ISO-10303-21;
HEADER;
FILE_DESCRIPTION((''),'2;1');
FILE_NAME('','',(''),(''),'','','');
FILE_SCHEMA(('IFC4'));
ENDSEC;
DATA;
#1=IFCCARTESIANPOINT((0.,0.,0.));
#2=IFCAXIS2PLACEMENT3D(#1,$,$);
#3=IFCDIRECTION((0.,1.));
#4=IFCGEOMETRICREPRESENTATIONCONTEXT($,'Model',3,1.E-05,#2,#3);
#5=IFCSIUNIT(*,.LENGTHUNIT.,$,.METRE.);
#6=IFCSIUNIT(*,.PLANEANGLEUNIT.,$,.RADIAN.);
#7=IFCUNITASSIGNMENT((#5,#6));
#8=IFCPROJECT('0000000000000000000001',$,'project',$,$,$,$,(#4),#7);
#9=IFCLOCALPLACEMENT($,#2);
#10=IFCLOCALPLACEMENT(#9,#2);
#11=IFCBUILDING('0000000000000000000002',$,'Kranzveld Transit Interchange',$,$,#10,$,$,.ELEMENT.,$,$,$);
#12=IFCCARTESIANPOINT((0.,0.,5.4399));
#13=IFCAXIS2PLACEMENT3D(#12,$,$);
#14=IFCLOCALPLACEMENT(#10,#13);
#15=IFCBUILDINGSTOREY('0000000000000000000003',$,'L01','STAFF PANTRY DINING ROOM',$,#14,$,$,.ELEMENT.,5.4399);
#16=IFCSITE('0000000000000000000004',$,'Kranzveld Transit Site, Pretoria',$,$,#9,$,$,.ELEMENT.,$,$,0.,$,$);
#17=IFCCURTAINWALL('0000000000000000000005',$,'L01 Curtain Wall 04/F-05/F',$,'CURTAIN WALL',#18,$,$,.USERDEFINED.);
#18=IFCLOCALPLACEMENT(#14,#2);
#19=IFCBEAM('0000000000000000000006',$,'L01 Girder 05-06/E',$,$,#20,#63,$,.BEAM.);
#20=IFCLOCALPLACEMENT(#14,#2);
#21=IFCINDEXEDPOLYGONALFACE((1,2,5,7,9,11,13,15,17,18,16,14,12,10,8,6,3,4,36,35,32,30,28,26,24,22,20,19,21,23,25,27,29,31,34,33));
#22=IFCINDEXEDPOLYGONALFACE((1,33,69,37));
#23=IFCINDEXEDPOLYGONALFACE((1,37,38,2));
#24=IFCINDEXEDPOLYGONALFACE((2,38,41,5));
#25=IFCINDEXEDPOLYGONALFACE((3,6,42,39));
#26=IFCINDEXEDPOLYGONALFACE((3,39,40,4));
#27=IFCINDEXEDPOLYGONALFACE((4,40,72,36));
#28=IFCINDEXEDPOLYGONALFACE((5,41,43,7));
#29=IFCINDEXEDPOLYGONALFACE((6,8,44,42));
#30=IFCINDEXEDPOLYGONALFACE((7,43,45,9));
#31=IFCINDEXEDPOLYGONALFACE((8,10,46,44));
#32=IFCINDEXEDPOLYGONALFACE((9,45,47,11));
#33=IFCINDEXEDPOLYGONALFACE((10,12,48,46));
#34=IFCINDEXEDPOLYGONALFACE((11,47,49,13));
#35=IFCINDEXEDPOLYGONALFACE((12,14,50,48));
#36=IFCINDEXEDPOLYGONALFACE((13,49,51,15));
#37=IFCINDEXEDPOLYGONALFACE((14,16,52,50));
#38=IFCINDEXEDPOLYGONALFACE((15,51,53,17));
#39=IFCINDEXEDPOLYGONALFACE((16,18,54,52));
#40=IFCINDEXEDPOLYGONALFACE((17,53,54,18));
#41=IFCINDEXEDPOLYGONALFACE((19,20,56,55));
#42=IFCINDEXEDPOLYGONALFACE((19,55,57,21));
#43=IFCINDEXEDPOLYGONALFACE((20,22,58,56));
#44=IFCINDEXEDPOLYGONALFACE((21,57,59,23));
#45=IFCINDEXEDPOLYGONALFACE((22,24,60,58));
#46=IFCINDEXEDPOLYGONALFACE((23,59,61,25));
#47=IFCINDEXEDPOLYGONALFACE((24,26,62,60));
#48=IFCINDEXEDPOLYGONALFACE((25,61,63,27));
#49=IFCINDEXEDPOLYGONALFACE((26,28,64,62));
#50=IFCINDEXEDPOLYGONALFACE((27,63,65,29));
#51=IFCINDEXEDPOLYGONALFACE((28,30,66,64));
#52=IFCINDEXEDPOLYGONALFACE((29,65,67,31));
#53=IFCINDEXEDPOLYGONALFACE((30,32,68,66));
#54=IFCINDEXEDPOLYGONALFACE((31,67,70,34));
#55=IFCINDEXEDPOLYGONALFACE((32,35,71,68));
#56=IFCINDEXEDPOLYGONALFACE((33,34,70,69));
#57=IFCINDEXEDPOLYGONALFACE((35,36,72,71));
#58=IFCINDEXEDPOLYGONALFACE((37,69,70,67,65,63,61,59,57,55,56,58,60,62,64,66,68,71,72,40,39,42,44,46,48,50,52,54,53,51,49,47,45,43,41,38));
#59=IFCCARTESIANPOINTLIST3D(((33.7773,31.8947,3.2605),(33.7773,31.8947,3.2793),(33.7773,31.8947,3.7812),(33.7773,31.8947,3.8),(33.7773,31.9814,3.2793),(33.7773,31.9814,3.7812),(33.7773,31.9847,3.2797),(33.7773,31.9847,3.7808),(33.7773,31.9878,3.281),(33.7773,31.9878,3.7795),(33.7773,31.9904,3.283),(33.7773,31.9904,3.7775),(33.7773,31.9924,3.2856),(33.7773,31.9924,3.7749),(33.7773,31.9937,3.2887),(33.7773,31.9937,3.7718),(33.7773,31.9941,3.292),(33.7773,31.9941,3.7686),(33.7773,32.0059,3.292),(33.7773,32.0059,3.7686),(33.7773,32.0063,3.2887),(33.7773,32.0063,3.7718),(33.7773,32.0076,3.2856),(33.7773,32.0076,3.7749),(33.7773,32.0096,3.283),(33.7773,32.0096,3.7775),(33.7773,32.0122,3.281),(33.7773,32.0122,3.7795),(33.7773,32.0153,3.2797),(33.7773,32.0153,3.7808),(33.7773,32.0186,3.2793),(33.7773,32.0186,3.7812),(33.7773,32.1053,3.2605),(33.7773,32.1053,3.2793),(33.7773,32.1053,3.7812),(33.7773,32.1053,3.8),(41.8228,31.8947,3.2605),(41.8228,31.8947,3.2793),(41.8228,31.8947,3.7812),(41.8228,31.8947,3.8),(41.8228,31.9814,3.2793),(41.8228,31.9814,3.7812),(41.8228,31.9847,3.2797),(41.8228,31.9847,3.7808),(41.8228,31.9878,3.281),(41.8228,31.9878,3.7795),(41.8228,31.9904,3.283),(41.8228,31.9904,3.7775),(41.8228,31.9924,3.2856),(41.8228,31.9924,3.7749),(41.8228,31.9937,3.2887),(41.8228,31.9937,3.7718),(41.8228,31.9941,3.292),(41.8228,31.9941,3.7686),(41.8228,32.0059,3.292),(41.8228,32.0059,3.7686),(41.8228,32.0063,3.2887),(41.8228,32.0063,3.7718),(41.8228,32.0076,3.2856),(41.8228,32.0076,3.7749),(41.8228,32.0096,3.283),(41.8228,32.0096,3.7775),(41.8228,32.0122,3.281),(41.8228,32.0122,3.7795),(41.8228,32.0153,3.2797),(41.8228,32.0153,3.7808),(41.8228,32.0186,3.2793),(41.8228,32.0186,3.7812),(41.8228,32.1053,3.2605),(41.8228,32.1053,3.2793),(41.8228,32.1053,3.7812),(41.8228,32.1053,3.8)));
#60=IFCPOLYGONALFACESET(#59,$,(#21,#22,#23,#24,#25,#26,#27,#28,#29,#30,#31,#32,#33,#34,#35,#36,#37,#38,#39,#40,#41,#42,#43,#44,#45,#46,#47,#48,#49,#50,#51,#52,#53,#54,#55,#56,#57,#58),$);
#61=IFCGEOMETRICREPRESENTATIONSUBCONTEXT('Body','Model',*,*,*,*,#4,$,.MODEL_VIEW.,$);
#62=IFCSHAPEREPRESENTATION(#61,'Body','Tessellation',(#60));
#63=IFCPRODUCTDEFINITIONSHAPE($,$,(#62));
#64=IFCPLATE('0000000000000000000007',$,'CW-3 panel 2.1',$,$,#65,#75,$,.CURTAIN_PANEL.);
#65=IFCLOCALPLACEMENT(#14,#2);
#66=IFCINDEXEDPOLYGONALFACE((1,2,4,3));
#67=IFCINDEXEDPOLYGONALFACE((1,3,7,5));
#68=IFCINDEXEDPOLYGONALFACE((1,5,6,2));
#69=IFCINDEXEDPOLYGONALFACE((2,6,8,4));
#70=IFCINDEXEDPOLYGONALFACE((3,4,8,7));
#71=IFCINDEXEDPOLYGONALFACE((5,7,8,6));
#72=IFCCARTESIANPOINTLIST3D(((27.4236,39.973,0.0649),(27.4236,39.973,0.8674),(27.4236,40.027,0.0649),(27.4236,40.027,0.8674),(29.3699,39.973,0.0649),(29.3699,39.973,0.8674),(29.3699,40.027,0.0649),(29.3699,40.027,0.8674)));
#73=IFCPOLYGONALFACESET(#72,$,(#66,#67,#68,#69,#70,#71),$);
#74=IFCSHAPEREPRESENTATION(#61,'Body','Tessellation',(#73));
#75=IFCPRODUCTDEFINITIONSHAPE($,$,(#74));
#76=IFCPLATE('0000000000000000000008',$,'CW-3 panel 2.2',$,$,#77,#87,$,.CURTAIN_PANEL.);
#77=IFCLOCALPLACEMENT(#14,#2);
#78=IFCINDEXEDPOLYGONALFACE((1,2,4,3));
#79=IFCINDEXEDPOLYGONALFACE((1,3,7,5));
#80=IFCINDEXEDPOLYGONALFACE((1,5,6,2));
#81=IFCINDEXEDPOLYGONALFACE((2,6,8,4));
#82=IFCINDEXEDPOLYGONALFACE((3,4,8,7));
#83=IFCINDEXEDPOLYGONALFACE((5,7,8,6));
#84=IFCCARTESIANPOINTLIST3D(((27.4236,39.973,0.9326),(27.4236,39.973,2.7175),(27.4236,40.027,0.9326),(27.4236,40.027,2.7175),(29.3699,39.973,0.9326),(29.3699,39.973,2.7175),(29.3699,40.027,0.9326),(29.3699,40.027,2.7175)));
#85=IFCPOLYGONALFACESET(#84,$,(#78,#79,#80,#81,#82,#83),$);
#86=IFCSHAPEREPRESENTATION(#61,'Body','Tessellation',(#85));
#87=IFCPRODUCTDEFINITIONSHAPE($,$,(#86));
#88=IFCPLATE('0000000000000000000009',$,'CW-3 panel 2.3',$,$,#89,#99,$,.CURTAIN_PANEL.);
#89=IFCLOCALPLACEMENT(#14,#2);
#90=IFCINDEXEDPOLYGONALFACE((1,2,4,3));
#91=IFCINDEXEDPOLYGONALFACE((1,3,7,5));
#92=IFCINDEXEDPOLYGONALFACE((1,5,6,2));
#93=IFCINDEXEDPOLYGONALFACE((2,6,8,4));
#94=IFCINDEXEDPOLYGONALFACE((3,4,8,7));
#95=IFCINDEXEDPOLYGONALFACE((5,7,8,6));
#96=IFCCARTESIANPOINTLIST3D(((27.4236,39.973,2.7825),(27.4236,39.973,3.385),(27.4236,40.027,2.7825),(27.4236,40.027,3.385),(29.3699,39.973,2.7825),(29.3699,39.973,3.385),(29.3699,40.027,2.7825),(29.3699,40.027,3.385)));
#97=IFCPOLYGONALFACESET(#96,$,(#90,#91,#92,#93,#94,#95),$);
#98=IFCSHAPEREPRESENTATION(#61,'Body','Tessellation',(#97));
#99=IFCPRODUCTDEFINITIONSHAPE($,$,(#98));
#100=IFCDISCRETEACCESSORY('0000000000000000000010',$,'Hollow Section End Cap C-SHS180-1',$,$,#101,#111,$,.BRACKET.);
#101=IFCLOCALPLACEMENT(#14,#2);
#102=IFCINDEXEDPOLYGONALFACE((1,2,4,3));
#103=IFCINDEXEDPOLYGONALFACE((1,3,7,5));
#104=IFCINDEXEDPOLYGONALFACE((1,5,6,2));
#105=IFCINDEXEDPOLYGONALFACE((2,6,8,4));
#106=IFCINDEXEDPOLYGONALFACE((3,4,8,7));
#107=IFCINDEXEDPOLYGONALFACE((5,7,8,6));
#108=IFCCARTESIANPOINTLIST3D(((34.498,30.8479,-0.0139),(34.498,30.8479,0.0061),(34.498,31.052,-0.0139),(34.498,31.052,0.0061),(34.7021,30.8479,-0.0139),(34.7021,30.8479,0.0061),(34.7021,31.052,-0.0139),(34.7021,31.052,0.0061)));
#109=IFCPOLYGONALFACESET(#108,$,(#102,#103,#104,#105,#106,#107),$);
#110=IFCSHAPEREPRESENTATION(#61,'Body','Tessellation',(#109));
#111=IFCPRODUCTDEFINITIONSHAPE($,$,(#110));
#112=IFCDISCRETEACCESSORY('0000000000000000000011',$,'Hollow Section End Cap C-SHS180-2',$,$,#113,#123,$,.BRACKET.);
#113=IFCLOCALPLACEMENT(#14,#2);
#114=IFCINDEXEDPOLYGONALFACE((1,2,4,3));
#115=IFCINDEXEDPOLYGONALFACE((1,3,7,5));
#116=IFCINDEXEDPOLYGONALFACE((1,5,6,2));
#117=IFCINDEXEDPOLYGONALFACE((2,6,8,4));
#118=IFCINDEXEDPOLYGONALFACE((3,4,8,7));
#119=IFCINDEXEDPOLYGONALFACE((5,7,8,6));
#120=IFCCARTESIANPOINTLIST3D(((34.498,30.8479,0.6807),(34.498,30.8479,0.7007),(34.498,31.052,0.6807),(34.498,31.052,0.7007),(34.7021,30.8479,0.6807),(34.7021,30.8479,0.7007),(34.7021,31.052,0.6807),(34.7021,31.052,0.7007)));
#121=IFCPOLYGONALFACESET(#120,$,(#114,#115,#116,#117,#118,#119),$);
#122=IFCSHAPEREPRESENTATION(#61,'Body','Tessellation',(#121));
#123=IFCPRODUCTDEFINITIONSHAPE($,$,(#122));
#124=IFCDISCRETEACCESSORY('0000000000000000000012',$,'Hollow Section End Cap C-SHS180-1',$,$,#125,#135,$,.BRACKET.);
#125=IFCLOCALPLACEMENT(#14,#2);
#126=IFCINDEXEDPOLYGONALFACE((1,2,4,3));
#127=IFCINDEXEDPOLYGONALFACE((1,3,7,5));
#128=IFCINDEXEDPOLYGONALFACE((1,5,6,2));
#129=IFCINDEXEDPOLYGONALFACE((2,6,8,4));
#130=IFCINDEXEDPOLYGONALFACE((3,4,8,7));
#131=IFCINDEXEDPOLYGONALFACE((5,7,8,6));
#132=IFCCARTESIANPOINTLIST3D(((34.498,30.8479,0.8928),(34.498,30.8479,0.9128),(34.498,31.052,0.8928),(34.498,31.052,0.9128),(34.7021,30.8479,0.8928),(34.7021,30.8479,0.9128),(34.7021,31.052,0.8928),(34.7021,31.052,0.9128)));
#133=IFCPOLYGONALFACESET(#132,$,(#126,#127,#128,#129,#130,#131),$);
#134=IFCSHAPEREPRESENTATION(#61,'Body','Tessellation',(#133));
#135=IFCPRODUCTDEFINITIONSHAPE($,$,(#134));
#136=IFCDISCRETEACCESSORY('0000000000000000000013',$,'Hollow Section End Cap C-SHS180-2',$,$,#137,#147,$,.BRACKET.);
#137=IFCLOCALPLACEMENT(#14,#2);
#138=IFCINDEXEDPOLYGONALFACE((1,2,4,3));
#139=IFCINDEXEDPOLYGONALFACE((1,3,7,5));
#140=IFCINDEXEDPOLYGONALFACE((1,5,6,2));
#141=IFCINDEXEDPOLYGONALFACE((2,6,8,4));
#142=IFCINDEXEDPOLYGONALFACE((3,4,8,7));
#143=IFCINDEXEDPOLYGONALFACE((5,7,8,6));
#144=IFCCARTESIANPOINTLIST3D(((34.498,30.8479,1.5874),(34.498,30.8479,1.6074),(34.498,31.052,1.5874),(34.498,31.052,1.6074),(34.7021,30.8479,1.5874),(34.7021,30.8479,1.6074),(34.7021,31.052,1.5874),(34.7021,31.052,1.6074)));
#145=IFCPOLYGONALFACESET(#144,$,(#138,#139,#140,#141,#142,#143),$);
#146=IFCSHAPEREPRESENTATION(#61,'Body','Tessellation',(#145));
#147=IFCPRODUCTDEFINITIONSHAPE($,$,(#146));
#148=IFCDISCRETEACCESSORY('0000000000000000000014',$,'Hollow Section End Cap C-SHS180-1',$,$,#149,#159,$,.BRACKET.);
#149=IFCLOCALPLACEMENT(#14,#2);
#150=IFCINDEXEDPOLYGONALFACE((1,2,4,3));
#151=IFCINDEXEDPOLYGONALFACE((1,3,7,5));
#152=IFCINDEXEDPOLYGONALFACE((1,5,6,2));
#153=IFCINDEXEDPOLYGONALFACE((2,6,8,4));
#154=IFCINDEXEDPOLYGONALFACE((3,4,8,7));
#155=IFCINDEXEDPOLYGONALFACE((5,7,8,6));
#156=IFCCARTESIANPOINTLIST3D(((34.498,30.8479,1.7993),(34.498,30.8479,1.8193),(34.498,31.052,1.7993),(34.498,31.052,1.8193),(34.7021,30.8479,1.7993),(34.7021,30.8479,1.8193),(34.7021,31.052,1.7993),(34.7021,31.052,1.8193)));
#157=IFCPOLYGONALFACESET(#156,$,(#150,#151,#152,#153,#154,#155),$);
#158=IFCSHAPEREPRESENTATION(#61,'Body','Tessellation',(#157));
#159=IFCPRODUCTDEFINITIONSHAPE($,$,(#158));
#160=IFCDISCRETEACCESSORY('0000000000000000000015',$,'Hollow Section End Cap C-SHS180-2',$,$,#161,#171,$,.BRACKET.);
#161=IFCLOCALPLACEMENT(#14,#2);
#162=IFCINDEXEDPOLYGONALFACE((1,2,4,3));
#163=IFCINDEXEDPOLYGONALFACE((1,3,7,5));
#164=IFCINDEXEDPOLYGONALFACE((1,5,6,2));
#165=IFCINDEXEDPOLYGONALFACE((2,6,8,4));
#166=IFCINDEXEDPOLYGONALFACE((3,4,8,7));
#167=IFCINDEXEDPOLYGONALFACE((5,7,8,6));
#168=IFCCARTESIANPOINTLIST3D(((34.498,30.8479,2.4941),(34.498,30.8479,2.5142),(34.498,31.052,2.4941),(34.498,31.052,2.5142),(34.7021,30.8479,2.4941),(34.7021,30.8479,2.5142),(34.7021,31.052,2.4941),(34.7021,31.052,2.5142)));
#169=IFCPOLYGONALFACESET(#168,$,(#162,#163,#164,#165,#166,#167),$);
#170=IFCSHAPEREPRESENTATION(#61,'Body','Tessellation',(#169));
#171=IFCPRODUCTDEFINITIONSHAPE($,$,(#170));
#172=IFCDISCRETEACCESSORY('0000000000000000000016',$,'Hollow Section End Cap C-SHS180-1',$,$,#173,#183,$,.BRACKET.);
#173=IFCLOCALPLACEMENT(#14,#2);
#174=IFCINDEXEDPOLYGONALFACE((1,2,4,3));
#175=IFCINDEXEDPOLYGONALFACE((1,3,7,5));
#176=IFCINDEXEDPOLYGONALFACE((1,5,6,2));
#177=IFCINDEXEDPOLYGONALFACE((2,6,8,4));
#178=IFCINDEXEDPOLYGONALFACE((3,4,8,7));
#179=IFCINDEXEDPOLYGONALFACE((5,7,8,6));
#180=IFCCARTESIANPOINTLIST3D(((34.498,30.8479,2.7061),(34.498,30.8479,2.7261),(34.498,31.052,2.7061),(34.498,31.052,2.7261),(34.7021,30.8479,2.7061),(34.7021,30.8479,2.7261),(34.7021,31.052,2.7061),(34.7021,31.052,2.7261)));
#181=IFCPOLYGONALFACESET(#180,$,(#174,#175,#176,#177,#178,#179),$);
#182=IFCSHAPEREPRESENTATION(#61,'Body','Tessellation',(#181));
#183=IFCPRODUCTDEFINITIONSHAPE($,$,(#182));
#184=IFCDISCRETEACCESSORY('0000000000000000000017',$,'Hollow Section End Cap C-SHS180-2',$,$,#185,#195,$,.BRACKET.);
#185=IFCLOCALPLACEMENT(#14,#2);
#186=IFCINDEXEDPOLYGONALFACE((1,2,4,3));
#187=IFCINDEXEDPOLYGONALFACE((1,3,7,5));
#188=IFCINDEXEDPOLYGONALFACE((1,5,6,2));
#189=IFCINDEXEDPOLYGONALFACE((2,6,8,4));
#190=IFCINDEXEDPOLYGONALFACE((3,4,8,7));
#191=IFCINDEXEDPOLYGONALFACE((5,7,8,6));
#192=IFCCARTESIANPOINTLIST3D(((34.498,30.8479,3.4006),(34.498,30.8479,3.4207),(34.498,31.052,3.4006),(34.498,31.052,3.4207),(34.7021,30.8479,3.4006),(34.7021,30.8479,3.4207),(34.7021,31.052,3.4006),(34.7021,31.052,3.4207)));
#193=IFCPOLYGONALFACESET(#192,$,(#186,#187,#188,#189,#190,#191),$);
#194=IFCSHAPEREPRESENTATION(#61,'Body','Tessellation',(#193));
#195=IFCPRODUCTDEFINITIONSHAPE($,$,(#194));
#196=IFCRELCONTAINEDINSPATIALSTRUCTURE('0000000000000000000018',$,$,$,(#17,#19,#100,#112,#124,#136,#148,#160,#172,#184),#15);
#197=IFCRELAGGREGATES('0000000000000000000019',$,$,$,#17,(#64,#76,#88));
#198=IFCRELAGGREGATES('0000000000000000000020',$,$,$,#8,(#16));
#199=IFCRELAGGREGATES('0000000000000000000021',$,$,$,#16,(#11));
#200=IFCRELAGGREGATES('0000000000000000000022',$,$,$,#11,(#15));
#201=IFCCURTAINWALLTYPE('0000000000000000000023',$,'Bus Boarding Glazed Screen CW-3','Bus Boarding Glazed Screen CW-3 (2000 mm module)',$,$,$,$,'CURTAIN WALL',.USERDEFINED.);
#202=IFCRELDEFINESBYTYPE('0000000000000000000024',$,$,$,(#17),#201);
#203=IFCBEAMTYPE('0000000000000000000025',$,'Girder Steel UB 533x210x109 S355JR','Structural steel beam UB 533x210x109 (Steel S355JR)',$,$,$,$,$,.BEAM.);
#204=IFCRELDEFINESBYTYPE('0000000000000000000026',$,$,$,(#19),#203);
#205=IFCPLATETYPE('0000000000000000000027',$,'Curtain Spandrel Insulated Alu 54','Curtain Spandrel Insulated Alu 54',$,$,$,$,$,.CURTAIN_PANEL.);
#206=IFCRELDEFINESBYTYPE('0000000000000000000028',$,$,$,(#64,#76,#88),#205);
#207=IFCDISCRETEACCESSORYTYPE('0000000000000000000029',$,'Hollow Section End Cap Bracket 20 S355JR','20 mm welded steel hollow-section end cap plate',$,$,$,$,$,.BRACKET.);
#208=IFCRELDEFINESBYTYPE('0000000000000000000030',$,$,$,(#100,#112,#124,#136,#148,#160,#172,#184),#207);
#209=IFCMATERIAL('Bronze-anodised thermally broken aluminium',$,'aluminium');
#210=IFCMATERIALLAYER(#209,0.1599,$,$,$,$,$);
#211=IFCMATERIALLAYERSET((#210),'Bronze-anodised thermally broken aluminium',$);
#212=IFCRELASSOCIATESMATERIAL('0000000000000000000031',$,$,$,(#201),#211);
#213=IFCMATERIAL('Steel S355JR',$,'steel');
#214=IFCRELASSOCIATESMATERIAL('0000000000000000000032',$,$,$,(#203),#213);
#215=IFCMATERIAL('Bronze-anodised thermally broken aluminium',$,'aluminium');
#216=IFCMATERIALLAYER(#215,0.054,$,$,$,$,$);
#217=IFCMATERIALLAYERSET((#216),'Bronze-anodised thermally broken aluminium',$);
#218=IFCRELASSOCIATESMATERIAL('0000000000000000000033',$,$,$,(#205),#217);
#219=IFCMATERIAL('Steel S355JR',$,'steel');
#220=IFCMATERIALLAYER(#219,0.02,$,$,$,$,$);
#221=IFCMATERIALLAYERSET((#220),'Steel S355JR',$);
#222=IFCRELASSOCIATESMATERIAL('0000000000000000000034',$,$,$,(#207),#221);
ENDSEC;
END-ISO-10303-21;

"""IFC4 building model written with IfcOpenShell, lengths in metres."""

from ifc_helpers import new_model, si_unit, direction, frame, origin, origin_2d, place, context, subcontext, project, spatial, rectangle, i_section, extrude, material, layer, layer_set, material_profile, profile_set, type_object, element, aggregate, save


model = new_model("IFC4")

# Units and contexts
model_context = context("Model", 3, precision=1e-05, world=origin(), true_north=direction((0.0, 1.0)))
body_context = subcontext(model_context, "Body", "Model", "MODEL_VIEW")
ifc_project = project(units=[si_unit("LENGTHUNIT", "METRE"), si_unit("PLANEANGLEUNIT", "RADIAN")], contexts=[model_context])

# Site, building, storey
site_placement = place(None, origin())
site = spatial("IfcSite", under=ifc_project, at=site_placement, Name="Kranzveld Transit Site, Pretoria", CompositionType="ELEMENT", RefElevation=0.0)
building_placement = place(site_placement, origin())
building = spatial("IfcBuilding", under=site, at=building_placement, Name="Kranzveld Transit Interchange", CompositionType="ELEMENT")
storey_placement = place(building_placement, frame((0.0, 0.0, 5.4399)))
storey = spatial("IfcBuildingStorey", under=building, at=storey_placement, Name="L01", Description="STAFF PANTRY DINING ROOM", CompositionType="ELEMENT", Elevation=5.4399)

# Curtain wall
ifc_material_1 = material(Name="Bronze-anodised thermally broken aluminium", Category="aluminium")
ifc_layer_1 = layer(ifc_material_1, 0.1599)
ifc_layer_set_1 = layer_set([ifc_layer_1], Name="Bronze-anodised thermally broken aluminium")
curtain_wall_type = type_object("IfcCurtainWallType", Name="Bus Boarding Glazed Screen CW-3", Description="Bus Boarding Glazed Screen CW-3 (2000 mm module)", ElementType="CURTAIN WALL", PredefinedType="USERDEFINED", material=ifc_layer_set_1)
curtain_wall_placement = place(storey_placement, origin())
curtain_wall = element("IfcCurtainWall", 1, at=curtain_wall_placement, inside=storey, type_object=curtain_wall_type, Name="L01 Curtain Wall 04/F-05/F", ObjectType="CURTAIN WALL", PredefinedType="USERDEFINED")

# Beam
ifc_material_2 = material(Name="Steel S355JR", Category="steel")
ifc_material_profile_1 = material_profile(ifc_material_2, i_section(OverallWidth=0.2107, OverallDepth=0.5396, WebThickness=0.0117, FlangeThickness=0.0188, FilletRadius=0.0127, at=origin_2d()), Name="UB 533x210x109")
ifc_profile_set_1 = profile_set([ifc_material_profile_1], Name="Steel S355JR")
beam_type_1 = type_object("IfcBeamType", Name="Girder Steel UB 533x210x109 S355JR", Description="Structural steel beam UB 533x210x109 (Steel S355JR)", PredefinedType="BEAM", material=ifc_profile_set_1)
beam_1_placement = place(storey_placement, frame((33.7773, 32.0, 3.5303), z_axis=(1.0, 0.0, 0.0), x_axis=(0.0, 1.0, 0.0)))
element("IfcBeam", 2, at=beam_1_placement, inside=storey, type_object=beam_type_1, Name="L01 Girder 05-06/E", PredefinedType="BEAM", context=body_context, shape_type="SweptSolid", body=[
    extrude(i_section(OverallWidth=0.2107, OverallDepth=0.5396, WebThickness=0.0117, FlangeThickness=0.0188, FilletRadius=0.0127, at=origin_2d()), origin(), (0.0, 0.0, 1.0), 8.0454),
])

# Plates
ifc_material_3 = material(Name="Bronze-anodised thermally broken aluminium", Category="aluminium")
ifc_layer_2 = layer(ifc_material_3, 0.054)
ifc_layer_set_2 = layer_set([ifc_layer_2], Name="Bronze-anodised thermally broken aluminium")
plate_type = type_object("IfcPlateType", Name="Curtain Spandrel Insulated Alu 54", Description="Curtain Spandrel Insulated Alu 54", PredefinedType="CURTAIN_PANEL", material=ifc_layer_set_2)
plate_1_placement = place(storey_placement, frame((28.3967, 40.0, 0.0649), z_axis=(0.0, 0.0, 1.0), x_axis=(1.0, 0.0, 0.0)))
plate_1 = element("IfcPlate", 3, at=plate_1_placement, type_object=plate_type, Name="CW-3 panel 2.1", PredefinedType="CURTAIN_PANEL", context=body_context, shape_type="SweptSolid", body=[
    extrude(rectangle(XDim=1.9463, YDim=0.054, at=origin_2d()), origin(), (0.0, 0.0, 1.0), 0.8025),
])
plate_2_placement = place(storey_placement, frame((28.3967, 40.0, 0.9326), z_axis=(0.0, 0.0, 1.0), x_axis=(1.0, 0.0, 0.0)))
plate_2 = element("IfcPlate", 4, at=plate_2_placement, type_object=plate_type, Name="CW-3 panel 2.2", PredefinedType="CURTAIN_PANEL", context=body_context, shape_type="SweptSolid", body=[
    extrude(rectangle(XDim=1.9463, YDim=0.054, at=origin_2d()), origin(), (0.0, 0.0, 1.0), 1.7849),
])
plate_3_placement = place(storey_placement, frame((28.3967, 40.0, 2.7825), z_axis=(0.0, 0.0, 1.0), x_axis=(1.0, 0.0, 0.0)))
plate_3 = element("IfcPlate", 5, at=plate_3_placement, type_object=plate_type, Name="CW-3 panel 2.3", PredefinedType="CURTAIN_PANEL", context=body_context, shape_type="SweptSolid", body=[
    extrude(rectangle(XDim=1.9463, YDim=0.054, at=origin_2d()), origin(), (0.0, 0.0, 1.0), 0.6025),
])
aggregate(curtain_wall, [plate_1, plate_2, plate_3])

# Discrete accessories
ifc_material_4 = material(Name="Steel S355JR", Category="steel")
ifc_layer_3 = layer(ifc_material_4, 0.02)
ifc_layer_set_3 = layer_set([ifc_layer_3], Name="Steel S355JR")
discrete_accessory_type = type_object("IfcDiscreteAccessoryType", Name="Hollow Section End Cap Bracket 20 S355JR", Description="20 mm welded steel hollow-section end cap plate", PredefinedType="BRACKET", material=ifc_layer_set_3)
for number, where, z_axis, x_axis, name in (
    (6, (34.6001, 30.95, 0.0061), (0.0, 0.0, -1.0), (1.0, 0.0, 0.0), "Hollow Section End Cap C-SHS180-1"),
    (7, (34.6001, 30.95, 0.6807), (0.0, 0.0, 1.0), (1.0, 0.0, 0.0), "Hollow Section End Cap C-SHS180-2"),
    (8, (34.6001, 30.95, 0.9128), (0.0, 0.0, -1.0), (1.0, 0.0, 0.0), "Hollow Section End Cap C-SHS180-1"),
    (9, (34.6001, 30.95, 1.5874), (0.0, 0.0, 1.0), (1.0, 0.0, 0.0), "Hollow Section End Cap C-SHS180-2"),
    (10, (34.6001, 30.95, 1.8193), (0.0, 0.0, -1.0), (1.0, 0.0, 0.0), "Hollow Section End Cap C-SHS180-1"),
    (11, (34.6001, 30.95, 2.4941), (0.0, 0.0, 1.0), (1.0, 0.0, 0.0), "Hollow Section End Cap C-SHS180-2"),
    (12, (34.6001, 30.95, 2.7261), (0.0, 0.0, -1.0), (1.0, 0.0, 0.0), "Hollow Section End Cap C-SHS180-1"),
    (13, (34.6001, 30.95, 3.4006), (0.0, 0.0, 1.0), (1.0, 0.0, 0.0), "Hollow Section End Cap C-SHS180-2"),
):
    element("IfcDiscreteAccessory", number, at=place(storey_placement, frame(where, z_axis=z_axis, x_axis=x_axis)), inside=storey, type_object=discrete_accessory_type, Name=name, PredefinedType="BRACKET", context=body_context, shape_type="SweptSolid", body=[
        extrude(rectangle(XDim=0.2041, YDim=0.2041, at=origin_2d()), origin(), (0.0, 0.0, 1.0), 0.02),
    ])

save(model, "model.ifc")
